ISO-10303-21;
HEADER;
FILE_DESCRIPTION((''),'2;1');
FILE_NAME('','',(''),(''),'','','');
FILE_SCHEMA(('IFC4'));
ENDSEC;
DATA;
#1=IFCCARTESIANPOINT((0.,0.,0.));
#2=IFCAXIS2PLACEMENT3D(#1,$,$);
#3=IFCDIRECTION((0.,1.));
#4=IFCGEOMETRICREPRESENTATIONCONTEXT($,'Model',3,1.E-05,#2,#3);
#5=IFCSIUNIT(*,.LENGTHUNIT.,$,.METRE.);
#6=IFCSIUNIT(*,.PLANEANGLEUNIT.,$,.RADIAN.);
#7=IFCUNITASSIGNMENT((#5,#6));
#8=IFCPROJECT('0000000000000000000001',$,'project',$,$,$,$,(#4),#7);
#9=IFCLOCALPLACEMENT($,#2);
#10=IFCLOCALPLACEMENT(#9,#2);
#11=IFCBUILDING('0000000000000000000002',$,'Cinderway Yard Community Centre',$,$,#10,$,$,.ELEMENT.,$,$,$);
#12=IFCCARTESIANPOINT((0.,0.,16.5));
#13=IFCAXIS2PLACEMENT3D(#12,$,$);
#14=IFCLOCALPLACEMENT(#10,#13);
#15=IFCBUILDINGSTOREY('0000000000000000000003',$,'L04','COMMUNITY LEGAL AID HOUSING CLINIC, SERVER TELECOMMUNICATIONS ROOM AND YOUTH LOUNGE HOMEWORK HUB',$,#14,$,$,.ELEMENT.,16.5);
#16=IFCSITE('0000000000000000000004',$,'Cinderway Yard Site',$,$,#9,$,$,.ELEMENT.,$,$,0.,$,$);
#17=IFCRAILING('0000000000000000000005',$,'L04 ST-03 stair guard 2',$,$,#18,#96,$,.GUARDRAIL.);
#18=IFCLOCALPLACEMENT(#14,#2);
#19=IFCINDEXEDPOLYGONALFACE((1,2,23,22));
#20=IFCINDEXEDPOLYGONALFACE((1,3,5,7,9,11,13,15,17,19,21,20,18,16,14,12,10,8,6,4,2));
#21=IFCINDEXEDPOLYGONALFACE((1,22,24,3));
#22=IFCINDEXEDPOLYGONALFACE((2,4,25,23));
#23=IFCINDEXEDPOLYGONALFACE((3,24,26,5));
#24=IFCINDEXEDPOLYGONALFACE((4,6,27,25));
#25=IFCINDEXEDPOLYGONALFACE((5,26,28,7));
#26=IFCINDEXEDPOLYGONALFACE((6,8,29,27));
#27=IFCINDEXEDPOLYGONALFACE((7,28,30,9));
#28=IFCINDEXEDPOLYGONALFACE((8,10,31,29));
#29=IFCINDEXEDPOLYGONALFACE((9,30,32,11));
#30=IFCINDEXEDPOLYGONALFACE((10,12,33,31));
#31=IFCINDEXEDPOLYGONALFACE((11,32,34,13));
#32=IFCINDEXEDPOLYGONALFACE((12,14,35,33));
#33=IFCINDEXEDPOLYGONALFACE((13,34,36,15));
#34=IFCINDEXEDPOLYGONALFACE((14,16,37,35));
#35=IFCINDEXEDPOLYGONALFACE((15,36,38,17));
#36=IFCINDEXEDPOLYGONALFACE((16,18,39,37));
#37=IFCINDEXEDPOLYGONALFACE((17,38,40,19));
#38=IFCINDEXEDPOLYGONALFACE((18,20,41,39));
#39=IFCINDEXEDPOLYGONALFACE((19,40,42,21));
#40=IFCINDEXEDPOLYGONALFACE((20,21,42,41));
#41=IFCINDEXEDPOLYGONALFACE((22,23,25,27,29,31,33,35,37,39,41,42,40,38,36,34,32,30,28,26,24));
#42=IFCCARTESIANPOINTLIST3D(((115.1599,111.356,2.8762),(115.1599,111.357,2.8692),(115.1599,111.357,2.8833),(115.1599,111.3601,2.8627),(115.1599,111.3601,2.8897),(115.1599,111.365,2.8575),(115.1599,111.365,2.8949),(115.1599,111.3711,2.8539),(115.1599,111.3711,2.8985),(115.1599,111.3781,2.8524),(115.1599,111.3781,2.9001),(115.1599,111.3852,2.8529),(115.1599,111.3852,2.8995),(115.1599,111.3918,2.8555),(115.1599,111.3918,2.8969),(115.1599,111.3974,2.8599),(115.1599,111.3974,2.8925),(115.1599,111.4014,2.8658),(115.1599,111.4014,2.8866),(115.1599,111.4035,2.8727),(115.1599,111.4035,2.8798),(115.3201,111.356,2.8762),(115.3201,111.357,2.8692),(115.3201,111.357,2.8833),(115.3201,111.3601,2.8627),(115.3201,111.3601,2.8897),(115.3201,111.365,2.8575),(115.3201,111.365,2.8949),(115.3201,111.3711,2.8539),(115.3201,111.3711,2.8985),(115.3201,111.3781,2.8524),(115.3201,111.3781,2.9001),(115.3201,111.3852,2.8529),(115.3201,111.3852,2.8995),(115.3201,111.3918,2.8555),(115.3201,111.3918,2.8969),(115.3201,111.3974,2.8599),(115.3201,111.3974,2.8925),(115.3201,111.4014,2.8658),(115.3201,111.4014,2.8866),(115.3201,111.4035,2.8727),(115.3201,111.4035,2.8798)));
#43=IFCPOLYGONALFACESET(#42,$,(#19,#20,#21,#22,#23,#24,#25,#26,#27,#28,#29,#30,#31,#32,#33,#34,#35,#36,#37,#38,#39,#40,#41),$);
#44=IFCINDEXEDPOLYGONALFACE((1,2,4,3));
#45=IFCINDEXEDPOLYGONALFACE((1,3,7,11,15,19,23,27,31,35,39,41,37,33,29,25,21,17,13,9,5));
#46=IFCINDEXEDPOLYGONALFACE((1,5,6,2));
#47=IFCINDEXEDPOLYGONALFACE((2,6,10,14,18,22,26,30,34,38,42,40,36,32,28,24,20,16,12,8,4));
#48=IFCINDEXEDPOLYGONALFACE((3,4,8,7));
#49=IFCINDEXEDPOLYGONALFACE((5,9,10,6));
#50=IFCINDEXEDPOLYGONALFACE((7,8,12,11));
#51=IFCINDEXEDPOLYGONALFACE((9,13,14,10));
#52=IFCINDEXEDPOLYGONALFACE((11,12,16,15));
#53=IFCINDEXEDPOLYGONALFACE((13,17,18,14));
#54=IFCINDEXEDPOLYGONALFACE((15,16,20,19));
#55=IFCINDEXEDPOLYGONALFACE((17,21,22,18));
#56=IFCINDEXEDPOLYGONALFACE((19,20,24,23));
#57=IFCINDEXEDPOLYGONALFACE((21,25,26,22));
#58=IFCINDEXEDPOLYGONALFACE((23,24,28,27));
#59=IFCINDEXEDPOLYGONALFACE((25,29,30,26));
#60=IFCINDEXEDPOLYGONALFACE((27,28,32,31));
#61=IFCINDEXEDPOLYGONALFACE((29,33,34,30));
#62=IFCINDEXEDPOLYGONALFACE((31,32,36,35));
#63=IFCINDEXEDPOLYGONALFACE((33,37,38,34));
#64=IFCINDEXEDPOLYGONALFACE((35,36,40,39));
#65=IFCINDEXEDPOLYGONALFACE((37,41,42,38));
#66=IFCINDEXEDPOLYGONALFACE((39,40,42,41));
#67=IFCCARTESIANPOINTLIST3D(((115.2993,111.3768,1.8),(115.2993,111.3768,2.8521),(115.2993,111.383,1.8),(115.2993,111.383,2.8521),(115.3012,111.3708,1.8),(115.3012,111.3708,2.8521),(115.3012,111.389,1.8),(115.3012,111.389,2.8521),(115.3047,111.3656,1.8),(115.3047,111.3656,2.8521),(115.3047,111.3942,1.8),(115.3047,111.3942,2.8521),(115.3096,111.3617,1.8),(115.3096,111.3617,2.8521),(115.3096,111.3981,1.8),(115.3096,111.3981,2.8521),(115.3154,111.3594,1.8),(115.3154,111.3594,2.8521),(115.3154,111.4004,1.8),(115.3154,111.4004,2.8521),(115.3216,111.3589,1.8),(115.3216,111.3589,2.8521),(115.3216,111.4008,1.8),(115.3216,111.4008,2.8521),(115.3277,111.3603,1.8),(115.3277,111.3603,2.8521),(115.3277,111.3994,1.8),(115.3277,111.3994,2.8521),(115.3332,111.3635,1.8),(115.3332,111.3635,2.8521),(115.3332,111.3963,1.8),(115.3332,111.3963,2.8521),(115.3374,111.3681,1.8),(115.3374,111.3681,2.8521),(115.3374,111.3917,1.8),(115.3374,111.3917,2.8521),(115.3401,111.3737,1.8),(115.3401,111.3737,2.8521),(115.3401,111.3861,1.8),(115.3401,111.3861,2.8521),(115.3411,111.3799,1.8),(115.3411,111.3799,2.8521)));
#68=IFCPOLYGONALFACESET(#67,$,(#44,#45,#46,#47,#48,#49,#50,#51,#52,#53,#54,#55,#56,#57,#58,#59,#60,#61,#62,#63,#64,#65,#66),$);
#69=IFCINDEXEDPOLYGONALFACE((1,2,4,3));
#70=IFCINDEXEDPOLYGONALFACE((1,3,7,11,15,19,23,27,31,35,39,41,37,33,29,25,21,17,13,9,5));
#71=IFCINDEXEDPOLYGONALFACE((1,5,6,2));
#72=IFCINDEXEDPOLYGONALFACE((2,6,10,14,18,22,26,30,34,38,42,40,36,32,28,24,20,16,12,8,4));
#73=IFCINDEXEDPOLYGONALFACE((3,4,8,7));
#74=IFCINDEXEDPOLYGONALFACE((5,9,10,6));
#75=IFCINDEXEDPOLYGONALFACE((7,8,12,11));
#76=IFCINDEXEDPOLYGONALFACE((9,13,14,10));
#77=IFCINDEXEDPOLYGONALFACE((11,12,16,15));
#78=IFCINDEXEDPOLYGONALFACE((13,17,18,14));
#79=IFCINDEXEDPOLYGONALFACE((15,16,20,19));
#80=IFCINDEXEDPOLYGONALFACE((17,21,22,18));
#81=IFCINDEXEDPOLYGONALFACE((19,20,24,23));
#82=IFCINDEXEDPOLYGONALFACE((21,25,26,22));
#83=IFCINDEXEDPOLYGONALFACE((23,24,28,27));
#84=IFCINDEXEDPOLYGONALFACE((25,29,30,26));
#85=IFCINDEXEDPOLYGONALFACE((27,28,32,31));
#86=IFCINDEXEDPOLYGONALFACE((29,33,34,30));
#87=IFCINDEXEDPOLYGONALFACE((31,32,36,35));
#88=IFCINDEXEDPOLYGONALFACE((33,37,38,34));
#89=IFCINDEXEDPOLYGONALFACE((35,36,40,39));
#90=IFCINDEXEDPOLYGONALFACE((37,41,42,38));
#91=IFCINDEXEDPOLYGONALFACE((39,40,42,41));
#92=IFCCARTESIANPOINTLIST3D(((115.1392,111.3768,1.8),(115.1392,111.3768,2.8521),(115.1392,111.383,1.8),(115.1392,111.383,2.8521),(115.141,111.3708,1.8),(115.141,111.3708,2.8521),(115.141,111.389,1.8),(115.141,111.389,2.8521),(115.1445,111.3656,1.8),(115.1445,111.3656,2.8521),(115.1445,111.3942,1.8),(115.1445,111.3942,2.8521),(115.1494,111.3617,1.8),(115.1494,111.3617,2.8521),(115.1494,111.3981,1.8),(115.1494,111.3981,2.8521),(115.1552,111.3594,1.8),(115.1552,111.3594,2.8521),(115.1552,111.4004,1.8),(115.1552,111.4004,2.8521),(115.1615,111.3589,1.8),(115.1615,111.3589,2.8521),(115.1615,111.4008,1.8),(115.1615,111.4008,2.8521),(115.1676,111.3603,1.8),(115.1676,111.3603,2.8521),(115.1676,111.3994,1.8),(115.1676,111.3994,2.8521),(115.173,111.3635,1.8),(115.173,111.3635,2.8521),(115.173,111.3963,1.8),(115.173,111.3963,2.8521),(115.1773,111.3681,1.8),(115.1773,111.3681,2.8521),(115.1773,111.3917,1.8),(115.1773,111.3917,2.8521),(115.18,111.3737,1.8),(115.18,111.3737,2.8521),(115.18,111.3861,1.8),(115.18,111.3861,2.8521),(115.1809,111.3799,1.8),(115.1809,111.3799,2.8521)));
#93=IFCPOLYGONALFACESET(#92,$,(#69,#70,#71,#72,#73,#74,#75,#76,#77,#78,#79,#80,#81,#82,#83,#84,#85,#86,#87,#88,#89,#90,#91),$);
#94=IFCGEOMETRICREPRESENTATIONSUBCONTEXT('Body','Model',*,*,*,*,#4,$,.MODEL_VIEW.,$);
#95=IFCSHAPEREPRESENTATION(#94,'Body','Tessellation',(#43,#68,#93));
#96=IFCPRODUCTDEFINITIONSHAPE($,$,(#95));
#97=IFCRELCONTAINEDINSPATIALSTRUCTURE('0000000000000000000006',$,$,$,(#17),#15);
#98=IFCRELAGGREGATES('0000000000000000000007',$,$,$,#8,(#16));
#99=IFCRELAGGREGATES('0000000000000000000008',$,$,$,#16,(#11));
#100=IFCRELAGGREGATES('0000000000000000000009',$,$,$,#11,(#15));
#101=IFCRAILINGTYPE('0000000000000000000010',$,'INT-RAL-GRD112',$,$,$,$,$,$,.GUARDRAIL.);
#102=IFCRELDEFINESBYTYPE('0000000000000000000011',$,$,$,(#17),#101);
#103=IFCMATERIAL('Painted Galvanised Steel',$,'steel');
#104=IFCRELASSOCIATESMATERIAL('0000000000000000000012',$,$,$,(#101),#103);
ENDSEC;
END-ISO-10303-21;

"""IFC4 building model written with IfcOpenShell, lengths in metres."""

from ifc_helpers import new_model, si_unit, direction, frame, origin, origin_2d, place, context, subcontext, project, spatial, circle, extrude, material, type_object, element, save


model = new_model("IFC4")

# Units and contexts
model_context = context("Model", 3, precision=1e-05, world=origin(), true_north=direction((0.0, 1.0)))
body_context = subcontext(model_context, "Body", "Model", "MODEL_VIEW")
ifc_project = project(units=[si_unit("LENGTHUNIT", "METRE"), si_unit("PLANEANGLEUNIT", "RADIAN")], contexts=[model_context])

# Site, building, storey
site_placement = place(None, origin())
site = spatial("IfcSite", under=ifc_project, at=site_placement, Name="Cinderway Yard Site", CompositionType="ELEMENT", RefElevation=0.0)
building_placement = place(site_placement, origin())
building = spatial("IfcBuilding", under=site, at=building_placement, Name="Cinderway Yard Community Centre", CompositionType="ELEMENT")
storey_placement = place(building_placement, frame((0.0, 0.0, 16.5)))
storey = spatial("IfcBuildingStorey", under=building, at=storey_placement, Name="L04", Description="COMMUNITY LEGAL AID HOUSING CLINIC, SERVER TELECOMMUNICATIONS ROOM AND YOUTH LOUNGE HOMEWORK HUB", CompositionType="ELEMENT", Elevation=16.5)

# Shared definitions
ifc_material_1 = material(Name="Painted Galvanised Steel", Category="steel")

# Railing
railing_type_1 = type_object("IfcRailingType", Name="INT-RAL-GRD112", PredefinedType="GUARDRAIL", material=ifc_material_1)
railing_1_placement = place(storey_placement, frame((115.3201, 111.3799, 1.8)))
element("IfcRailing", 1, at=railing_1_placement, inside=storey, type_object=railing_type_1, Name="L04 ST-03 stair guard 2", PredefinedType="GUARDRAIL", context=body_context, shape_type="SweptSolid", body=[
    extrude(circle(Radius=0.0239, at=origin_2d()), frame((0.0, 0.0, 1.0762), z_axis=(-1.0, 0.0, 0.0), x_axis=(0.0, -1.0, 0.0)), (0.0, 0.0, 1.0), 0.1602),
    extrude(circle(Radius=0.021, at=origin_2d()), origin(), (0.0, 0.0, 1.0), 1.052),
    extrude(circle(Radius=0.021, at=origin_2d()), frame((-0.1602, 0.0, 0.0)), (0.0, 0.0, 1.0), 1.052),
])

save(model, "model.ifc")
